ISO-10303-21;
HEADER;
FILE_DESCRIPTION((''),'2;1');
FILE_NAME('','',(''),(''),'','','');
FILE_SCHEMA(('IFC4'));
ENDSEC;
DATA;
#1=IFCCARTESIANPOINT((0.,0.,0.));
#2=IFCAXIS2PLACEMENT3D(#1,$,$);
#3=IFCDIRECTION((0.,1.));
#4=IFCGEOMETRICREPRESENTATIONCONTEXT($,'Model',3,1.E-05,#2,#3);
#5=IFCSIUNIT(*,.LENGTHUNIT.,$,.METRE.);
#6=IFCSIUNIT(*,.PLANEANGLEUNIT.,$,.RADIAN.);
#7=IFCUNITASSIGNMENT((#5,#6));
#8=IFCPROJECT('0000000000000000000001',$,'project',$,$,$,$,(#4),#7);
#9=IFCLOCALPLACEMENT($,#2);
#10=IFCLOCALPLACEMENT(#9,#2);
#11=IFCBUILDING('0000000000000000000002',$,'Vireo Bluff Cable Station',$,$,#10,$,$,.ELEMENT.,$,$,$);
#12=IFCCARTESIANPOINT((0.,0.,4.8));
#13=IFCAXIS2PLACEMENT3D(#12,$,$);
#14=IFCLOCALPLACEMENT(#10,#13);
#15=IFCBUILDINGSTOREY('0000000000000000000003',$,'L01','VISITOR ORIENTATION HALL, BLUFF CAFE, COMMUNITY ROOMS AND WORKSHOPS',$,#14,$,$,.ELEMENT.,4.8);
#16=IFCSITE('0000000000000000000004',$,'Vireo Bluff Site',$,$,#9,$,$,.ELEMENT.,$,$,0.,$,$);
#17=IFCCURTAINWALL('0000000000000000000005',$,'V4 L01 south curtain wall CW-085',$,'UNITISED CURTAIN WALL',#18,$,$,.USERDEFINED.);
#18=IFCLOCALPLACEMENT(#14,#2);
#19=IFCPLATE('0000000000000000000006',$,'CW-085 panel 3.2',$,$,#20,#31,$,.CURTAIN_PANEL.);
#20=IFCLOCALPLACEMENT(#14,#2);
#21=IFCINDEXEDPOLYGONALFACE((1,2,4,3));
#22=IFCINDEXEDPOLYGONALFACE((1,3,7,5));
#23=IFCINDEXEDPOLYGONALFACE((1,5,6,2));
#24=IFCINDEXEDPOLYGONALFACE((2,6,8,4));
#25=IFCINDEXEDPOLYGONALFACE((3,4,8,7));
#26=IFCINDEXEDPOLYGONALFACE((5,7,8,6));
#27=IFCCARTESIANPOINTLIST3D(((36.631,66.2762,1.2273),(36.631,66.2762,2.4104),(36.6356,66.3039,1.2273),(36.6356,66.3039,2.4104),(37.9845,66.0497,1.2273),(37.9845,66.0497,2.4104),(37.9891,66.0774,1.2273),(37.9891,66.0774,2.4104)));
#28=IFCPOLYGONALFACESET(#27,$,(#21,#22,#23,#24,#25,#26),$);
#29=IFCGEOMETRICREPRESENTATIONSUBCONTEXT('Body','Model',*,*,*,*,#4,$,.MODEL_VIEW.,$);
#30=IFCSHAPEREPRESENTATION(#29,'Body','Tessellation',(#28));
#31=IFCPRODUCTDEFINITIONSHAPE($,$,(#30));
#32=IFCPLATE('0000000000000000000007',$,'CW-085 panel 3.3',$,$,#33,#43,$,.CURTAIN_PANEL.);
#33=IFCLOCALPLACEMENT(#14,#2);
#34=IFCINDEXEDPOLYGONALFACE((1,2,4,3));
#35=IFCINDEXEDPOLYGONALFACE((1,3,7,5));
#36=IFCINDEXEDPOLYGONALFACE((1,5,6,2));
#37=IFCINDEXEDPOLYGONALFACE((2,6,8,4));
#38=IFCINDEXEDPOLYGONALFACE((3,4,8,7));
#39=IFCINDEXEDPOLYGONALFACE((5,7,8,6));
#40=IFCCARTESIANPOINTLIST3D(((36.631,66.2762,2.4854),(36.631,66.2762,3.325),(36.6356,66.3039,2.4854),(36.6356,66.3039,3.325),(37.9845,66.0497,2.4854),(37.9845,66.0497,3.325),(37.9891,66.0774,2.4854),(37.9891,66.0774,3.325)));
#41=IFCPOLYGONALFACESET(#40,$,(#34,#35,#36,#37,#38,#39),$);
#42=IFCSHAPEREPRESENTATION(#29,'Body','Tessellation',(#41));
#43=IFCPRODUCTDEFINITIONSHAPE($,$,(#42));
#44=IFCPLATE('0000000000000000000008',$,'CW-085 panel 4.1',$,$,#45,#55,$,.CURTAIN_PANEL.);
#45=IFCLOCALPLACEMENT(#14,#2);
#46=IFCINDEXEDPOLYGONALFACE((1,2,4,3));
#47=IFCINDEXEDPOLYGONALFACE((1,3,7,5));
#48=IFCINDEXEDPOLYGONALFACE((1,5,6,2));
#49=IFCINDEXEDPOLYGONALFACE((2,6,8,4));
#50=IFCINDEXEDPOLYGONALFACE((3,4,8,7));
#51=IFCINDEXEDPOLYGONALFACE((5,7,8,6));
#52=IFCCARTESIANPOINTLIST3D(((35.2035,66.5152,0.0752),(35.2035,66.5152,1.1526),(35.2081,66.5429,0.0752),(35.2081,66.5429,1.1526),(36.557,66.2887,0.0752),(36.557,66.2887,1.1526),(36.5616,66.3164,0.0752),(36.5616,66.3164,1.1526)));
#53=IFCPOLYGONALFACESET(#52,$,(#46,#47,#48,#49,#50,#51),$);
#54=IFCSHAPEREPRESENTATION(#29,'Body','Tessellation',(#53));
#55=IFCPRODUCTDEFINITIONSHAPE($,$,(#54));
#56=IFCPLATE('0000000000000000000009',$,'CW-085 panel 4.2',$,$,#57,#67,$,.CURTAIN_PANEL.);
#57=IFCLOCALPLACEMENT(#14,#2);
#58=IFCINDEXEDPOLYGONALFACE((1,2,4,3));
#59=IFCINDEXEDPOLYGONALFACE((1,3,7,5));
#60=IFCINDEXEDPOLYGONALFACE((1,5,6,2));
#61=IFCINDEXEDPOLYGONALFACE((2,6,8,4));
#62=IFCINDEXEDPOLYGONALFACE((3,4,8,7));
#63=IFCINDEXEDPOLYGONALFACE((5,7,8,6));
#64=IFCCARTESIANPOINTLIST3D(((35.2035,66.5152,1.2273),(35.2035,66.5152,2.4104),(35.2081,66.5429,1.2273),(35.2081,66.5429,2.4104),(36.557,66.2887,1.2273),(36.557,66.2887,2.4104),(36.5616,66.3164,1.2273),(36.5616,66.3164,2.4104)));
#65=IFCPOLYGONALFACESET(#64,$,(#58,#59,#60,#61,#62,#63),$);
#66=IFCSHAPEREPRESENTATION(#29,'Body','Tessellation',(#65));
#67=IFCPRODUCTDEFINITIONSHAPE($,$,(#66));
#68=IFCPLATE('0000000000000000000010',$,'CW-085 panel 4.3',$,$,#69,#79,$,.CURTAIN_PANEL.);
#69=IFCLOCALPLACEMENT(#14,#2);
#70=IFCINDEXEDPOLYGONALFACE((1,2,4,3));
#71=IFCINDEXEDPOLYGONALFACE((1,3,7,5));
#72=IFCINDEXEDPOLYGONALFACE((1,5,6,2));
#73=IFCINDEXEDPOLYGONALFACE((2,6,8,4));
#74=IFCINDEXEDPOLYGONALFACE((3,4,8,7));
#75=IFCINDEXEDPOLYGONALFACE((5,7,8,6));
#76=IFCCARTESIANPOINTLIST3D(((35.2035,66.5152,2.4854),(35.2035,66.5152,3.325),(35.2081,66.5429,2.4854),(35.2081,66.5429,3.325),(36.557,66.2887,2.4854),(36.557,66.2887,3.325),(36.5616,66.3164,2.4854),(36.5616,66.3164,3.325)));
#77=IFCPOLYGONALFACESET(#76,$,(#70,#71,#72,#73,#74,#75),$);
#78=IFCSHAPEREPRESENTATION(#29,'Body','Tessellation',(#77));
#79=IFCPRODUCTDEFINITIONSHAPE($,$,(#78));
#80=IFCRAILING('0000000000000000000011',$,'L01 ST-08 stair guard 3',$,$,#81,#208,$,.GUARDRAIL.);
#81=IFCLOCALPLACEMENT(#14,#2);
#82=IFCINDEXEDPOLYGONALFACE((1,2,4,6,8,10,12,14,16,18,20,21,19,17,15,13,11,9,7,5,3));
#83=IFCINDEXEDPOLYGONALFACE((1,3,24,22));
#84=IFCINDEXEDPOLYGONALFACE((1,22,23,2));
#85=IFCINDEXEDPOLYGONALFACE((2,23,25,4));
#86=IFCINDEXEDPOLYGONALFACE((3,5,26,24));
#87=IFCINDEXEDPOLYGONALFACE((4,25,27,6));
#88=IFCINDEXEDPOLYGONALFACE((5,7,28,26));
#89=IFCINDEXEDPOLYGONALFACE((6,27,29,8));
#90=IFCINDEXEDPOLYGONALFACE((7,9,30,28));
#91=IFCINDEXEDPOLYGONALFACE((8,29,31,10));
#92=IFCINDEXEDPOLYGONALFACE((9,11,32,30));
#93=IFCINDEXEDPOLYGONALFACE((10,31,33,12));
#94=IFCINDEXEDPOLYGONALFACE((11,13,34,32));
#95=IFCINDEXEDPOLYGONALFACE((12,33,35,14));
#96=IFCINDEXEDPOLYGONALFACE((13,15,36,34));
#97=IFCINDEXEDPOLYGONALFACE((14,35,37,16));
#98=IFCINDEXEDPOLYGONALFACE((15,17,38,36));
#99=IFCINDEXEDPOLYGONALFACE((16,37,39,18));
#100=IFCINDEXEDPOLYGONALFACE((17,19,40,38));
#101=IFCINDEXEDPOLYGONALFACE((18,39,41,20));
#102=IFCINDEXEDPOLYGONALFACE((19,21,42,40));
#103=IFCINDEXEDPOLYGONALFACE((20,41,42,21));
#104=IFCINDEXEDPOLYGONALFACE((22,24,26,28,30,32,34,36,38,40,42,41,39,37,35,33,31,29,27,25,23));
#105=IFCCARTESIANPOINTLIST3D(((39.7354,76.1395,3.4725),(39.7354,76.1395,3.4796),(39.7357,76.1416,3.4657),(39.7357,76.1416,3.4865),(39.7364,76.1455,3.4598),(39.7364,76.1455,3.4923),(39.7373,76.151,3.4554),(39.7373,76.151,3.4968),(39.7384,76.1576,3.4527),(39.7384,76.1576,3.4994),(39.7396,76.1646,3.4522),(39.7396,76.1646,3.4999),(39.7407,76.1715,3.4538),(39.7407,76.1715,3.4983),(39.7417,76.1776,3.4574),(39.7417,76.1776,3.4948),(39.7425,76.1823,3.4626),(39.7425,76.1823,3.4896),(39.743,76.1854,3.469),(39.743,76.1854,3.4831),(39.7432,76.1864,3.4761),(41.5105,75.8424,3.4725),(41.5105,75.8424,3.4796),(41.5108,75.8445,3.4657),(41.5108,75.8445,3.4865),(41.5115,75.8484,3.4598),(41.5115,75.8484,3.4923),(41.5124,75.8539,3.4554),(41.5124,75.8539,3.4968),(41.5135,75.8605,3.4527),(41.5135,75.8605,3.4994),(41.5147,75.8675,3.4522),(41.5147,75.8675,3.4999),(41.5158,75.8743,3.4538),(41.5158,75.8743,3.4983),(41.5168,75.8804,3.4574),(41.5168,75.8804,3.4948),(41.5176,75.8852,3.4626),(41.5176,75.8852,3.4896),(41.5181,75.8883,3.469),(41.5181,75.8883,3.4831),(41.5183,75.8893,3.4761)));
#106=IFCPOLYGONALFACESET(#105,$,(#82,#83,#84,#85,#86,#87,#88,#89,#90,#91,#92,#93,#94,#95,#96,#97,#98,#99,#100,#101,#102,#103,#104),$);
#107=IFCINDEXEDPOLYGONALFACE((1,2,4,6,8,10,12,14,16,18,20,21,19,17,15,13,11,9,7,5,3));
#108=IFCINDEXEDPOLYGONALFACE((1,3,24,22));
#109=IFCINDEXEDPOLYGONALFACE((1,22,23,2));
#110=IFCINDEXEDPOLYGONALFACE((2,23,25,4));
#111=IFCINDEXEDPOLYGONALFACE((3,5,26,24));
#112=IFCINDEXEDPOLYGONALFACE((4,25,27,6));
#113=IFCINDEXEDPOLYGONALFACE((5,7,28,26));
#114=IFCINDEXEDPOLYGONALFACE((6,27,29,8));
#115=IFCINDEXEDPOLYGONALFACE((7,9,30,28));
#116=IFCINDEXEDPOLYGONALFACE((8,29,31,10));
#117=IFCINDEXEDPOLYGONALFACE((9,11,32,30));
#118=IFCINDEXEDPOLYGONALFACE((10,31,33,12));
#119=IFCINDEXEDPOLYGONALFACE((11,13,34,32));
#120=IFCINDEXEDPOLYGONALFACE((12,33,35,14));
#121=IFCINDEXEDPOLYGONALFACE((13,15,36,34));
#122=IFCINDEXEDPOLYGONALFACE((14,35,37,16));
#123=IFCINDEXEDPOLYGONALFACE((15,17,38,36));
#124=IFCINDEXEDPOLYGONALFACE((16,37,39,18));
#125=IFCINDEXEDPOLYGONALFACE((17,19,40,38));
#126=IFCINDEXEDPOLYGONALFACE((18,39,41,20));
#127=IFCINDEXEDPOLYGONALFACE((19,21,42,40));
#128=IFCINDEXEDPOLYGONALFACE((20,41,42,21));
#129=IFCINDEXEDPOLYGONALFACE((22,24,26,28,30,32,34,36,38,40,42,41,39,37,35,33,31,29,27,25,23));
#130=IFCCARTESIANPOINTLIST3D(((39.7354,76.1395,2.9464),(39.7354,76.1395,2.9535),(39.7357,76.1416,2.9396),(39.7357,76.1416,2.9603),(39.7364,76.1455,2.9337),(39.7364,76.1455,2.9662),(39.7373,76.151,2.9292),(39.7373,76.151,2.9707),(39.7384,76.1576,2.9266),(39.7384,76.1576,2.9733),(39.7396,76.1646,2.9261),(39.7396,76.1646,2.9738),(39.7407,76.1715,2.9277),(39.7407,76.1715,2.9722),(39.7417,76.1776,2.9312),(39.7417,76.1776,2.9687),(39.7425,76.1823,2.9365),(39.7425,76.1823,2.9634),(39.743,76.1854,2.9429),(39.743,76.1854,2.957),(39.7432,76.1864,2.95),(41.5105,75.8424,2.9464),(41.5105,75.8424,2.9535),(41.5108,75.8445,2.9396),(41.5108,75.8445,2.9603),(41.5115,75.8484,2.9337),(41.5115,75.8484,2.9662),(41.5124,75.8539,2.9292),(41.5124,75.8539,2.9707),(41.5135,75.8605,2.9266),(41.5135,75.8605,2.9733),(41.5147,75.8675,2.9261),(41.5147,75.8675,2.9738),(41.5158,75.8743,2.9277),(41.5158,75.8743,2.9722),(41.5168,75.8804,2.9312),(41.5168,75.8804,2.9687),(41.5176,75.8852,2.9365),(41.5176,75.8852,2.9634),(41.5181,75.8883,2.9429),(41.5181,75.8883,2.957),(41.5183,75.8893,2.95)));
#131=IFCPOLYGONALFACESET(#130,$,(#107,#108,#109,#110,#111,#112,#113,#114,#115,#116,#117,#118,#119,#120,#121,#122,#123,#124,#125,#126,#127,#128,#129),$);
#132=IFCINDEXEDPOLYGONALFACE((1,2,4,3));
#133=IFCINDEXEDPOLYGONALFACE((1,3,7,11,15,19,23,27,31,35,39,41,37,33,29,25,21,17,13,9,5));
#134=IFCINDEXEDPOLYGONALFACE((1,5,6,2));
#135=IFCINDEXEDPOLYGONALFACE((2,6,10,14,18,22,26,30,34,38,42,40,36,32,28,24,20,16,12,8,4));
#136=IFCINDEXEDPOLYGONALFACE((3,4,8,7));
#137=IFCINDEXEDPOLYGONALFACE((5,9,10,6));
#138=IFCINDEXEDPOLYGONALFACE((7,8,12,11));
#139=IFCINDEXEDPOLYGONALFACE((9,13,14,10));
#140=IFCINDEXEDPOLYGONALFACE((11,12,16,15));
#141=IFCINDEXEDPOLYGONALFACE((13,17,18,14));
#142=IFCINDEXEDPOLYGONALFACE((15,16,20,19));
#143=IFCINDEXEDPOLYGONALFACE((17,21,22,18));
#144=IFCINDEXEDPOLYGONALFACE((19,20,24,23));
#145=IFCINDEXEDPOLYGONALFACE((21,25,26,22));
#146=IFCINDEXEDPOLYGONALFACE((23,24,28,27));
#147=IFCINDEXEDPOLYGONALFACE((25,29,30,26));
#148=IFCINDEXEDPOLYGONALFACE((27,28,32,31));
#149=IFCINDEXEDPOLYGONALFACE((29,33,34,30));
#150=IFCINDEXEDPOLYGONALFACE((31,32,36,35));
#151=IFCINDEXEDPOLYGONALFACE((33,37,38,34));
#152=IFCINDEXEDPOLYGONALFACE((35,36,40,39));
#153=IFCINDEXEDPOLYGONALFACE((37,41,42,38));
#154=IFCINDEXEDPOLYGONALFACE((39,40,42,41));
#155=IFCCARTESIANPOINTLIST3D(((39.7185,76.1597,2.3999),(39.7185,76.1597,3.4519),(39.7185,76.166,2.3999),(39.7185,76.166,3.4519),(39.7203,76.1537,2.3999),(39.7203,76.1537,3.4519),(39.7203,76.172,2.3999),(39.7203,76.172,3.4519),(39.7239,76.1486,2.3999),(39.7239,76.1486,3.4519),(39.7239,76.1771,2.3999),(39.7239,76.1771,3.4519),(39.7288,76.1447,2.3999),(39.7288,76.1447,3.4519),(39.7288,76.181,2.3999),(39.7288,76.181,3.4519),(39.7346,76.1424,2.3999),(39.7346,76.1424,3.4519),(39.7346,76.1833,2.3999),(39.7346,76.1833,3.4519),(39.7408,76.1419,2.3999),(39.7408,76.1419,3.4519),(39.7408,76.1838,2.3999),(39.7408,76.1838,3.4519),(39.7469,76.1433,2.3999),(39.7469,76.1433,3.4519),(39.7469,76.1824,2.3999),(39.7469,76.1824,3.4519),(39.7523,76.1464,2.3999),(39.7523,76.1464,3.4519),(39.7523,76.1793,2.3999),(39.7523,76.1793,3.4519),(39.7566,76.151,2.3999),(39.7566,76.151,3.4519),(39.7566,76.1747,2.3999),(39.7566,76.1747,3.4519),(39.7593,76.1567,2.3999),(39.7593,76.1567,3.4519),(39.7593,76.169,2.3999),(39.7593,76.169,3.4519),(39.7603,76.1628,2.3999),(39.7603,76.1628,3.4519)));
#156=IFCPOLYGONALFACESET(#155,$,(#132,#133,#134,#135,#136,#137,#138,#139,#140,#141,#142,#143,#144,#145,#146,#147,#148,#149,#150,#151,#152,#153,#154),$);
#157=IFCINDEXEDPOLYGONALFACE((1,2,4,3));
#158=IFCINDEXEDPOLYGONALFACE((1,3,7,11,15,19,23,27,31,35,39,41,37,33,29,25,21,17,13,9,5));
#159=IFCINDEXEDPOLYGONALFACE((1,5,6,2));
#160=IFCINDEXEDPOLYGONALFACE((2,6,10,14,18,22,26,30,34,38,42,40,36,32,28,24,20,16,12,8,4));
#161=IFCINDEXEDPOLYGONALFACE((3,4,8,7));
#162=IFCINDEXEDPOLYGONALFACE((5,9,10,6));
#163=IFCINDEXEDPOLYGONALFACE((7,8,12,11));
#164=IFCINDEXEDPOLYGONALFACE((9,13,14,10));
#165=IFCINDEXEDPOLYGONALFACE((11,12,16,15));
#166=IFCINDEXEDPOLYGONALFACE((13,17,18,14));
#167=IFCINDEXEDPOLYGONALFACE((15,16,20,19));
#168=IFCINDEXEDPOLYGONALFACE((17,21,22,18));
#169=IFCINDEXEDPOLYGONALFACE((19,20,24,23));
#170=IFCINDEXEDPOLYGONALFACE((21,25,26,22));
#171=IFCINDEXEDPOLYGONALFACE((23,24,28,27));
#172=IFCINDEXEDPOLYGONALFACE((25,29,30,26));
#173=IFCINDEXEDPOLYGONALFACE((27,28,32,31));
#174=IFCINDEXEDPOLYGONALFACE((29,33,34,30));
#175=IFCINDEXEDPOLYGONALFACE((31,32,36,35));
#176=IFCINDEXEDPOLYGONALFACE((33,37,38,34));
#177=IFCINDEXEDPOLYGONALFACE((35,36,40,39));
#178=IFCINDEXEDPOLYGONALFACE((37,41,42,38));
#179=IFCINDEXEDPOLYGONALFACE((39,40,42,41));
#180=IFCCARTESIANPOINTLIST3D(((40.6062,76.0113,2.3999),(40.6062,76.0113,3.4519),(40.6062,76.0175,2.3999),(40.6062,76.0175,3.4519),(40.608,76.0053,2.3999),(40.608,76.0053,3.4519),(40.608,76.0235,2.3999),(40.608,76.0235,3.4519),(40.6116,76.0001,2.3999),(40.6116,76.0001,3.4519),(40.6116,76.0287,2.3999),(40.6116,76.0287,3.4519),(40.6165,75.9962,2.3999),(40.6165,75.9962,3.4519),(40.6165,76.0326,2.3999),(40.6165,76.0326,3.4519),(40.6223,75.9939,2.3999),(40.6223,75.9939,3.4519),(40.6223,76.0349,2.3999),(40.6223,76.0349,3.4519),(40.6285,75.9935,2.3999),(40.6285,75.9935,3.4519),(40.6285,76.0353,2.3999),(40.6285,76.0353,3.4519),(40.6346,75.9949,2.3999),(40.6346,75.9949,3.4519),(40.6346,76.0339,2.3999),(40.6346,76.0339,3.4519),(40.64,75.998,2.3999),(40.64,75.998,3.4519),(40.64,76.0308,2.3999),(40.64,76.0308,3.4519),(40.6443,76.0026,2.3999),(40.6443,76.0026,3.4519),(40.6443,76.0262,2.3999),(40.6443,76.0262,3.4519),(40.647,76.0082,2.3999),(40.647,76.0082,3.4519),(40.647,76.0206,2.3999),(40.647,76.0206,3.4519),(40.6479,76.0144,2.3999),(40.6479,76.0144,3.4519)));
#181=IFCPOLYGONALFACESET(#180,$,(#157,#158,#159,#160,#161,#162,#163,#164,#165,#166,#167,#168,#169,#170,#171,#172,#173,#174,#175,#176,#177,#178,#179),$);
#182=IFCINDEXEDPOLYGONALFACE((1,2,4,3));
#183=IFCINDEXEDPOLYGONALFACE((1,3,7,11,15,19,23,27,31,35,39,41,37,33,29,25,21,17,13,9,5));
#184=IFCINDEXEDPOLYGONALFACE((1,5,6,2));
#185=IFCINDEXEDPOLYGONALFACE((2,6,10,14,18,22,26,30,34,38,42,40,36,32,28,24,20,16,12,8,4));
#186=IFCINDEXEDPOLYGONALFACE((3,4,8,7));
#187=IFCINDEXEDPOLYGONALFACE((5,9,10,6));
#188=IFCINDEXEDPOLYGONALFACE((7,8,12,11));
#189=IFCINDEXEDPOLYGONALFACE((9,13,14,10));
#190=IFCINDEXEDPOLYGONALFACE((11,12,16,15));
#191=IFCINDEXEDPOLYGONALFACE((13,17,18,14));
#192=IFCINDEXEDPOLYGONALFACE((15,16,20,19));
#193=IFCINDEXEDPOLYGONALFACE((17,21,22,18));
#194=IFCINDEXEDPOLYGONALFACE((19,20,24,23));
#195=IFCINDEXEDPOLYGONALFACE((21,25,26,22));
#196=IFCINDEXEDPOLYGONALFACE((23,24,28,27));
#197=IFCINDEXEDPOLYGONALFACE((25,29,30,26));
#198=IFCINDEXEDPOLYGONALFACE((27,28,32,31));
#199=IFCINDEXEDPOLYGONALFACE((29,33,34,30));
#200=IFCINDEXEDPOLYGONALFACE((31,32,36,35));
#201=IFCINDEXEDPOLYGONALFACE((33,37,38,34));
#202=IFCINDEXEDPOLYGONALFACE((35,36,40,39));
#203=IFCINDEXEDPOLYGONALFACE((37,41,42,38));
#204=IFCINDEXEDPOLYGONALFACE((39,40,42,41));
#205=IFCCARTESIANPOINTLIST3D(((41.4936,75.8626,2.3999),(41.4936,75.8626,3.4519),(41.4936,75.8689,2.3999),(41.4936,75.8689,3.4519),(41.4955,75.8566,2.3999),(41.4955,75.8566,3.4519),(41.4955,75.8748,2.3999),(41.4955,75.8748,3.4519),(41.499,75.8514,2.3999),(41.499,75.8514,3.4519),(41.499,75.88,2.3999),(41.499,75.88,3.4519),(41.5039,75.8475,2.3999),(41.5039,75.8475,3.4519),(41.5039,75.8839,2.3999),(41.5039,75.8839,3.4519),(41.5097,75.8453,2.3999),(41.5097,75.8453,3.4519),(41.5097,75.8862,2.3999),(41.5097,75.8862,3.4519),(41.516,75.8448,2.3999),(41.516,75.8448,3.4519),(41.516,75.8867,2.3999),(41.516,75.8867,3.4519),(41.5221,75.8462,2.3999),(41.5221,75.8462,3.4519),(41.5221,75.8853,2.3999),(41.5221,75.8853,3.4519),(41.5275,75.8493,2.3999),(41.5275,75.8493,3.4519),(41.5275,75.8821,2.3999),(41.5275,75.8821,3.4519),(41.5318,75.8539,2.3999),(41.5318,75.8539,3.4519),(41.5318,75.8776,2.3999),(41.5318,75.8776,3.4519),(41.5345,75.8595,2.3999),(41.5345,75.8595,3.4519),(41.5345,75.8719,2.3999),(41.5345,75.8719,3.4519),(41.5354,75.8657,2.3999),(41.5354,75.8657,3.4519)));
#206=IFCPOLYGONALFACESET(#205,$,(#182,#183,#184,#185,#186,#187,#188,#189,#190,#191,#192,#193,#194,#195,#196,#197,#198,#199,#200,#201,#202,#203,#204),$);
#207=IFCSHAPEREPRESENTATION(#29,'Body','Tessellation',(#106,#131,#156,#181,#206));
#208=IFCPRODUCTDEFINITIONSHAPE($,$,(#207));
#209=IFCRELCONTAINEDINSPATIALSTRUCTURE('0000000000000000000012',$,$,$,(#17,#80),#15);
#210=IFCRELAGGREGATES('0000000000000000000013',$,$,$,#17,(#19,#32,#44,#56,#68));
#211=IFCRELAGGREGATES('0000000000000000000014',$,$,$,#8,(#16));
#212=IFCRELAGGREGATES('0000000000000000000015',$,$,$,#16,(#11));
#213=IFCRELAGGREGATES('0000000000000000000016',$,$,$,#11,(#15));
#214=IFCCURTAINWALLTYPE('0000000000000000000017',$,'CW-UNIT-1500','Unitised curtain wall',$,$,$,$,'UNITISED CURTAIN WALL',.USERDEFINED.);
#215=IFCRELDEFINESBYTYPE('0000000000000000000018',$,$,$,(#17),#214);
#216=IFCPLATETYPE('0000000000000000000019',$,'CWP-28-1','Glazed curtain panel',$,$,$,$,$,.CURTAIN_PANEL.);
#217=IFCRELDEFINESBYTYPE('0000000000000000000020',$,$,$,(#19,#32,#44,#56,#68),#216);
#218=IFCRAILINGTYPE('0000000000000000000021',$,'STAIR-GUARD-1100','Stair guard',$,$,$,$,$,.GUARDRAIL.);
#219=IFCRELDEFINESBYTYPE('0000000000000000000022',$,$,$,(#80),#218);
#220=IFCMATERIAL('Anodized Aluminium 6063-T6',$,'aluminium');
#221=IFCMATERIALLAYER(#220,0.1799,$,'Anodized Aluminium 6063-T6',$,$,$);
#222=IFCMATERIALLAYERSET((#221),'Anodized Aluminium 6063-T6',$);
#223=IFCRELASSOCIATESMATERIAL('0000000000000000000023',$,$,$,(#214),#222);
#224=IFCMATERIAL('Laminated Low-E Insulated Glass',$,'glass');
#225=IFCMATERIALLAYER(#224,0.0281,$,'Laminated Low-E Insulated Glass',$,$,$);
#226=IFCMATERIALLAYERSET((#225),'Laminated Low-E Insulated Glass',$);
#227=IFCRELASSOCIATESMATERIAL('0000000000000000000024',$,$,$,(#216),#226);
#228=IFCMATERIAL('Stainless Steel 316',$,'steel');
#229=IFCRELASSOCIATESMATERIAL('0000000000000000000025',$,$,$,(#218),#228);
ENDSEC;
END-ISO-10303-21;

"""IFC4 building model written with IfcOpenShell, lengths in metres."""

from ifc_helpers import new_model, si_unit, direction, frame, origin, origin_2d, place, context, subcontext, project, spatial, rectangle, circle, extrude, material, layer, layer_set, type_object, element, aggregate, save


model = new_model("IFC4")

# Units and contexts
model_context = context("Model", 3, precision=1e-05, world=origin(), true_north=direction((0.0, 1.0)))
body_context = subcontext(model_context, "Body", "Model", "MODEL_VIEW")
ifc_project = project(units=[si_unit("LENGTHUNIT", "METRE"), si_unit("PLANEANGLEUNIT", "RADIAN")], contexts=[model_context])

# Site, building, storey
site_placement = place(None, origin())
site = spatial("IfcSite", under=ifc_project, at=site_placement, Name="Vireo Bluff Site", CompositionType="ELEMENT", RefElevation=0.0)
building_placement = place(site_placement, origin())
building = spatial("IfcBuilding", under=site, at=building_placement, Name="Vireo Bluff Cable Station", CompositionType="ELEMENT")
storey_placement = place(building_placement, frame((0.0, 0.0, 4.8)))
storey = spatial("IfcBuildingStorey", under=building, at=storey_placement, Name="L01", Description="VISITOR ORIENTATION HALL, BLUFF CAFE, COMMUNITY ROOMS AND WORKSHOPS", CompositionType="ELEMENT", Elevation=4.8)

# Curtain wall
ifc_material_1 = material(Name="Anodized Aluminium 6063-T6", Category="aluminium")
ifc_layer_1 = layer(ifc_material_1, 0.1799, Name="Anodized Aluminium 6063-T6")
ifc_layer_set_1 = layer_set([ifc_layer_1], Name="Anodized Aluminium 6063-T6")
curtain_wall_type = type_object("IfcCurtainWallType", Name="CW-UNIT-1500", Description="Unitised curtain wall", ElementType="UNITISED CURTAIN WALL", PredefinedType="USERDEFINED", material=ifc_layer_set_1)
curtain_wall_placement = place(storey_placement, origin())
curtain_wall = element("IfcCurtainWall", 1, at=curtain_wall_placement, inside=storey, type_object=curtain_wall_type, Name="V4 L01 south curtain wall CW-085", ObjectType="UNITISED CURTAIN WALL", PredefinedType="USERDEFINED")

# Plates
ifc_material_2 = material(Name="Laminated Low-E Insulated Glass", Category="glass")
ifc_layer_2 = layer(ifc_material_2, 0.0281, Name="Laminated Low-E Insulated Glass")
ifc_layer_set_2 = layer_set([ifc_layer_2], Name="Laminated Low-E Insulated Glass")
plate_type = type_object("IfcPlateType", Name="CWP-28-1", Description="Glazed curtain panel", PredefinedType="CURTAIN_PANEL", material=ifc_layer_set_2)
plate_1_placement = place(storey_placement, frame((37.3101, 66.1768, 1.2273), z_axis=(0.0, 0.0, 1.0), x_axis=(-0.986286, 0.165048, 0.0)))
plate_1 = element("IfcPlate", 2, at=plate_1_placement, type_object=plate_type, Name="CW-085 panel 3.2", PredefinedType="CURTAIN_PANEL", context=body_context, shape_type="SweptSolid", body=[
    extrude(rectangle(XDim=1.3723, YDim=0.0281, at=origin_2d()), origin(), (0.0, 0.0, 1.0), 1.1831),
])
plate_2_placement = place(storey_placement, frame((37.3101, 66.1768, 2.4854), z_axis=(0.0, 0.0, 1.0), x_axis=(-0.986286, 0.165048, 0.0)))
plate_2 = element("IfcPlate", 3, at=plate_2_placement, type_object=plate_type, Name="CW-085 panel 3.3", PredefinedType="CURTAIN_PANEL", context=body_context, shape_type="SweptSolid", body=[
    extrude(rectangle(XDim=1.3723, YDim=0.0281, at=origin_2d()), origin(), (0.0, 0.0, 1.0), 0.8396),
])
plate_3_placement = place(storey_placement, frame((35.8826, 66.4158, 0.0752), z_axis=(0.0, 0.0, 1.0), x_axis=(-0.986286, 0.165048, 0.0)))
plate_3 = element("IfcPlate", 4, at=plate_3_placement, type_object=plate_type, Name="CW-085 panel 4.1", PredefinedType="CURTAIN_PANEL", context=body_context, shape_type="SweptSolid", body=[
    extrude(rectangle(XDim=1.3723, YDim=0.0281, at=origin_2d()), origin(), (0.0, 0.0, 1.0), 1.0774),
])
plate_4_placement = place(storey_placement, frame((35.8826, 66.4158, 1.2273), z_axis=(0.0, 0.0, 1.0), x_axis=(-0.986286, 0.165048, 0.0)))
plate_4 = element("IfcPlate", 5, at=plate_4_placement, type_object=plate_type, Name="CW-085 panel 4.2", PredefinedType="CURTAIN_PANEL", context=body_context, shape_type="SweptSolid", body=[
    extrude(rectangle(XDim=1.3723, YDim=0.0281, at=origin_2d()), origin(), (0.0, 0.0, 1.0), 1.1831),
])
plate_5_placement = place(storey_placement, frame((35.8826, 66.4158, 2.4854), z_axis=(0.0, 0.0, 1.0), x_axis=(-0.986286, 0.165048, 0.0)))
plate_5 = element("IfcPlate", 6, at=plate_5_placement, type_object=plate_type, Name="CW-085 panel 4.3", PredefinedType="CURTAIN_PANEL", context=body_context, shape_type="SweptSolid", body=[
    extrude(rectangle(XDim=1.3723, YDim=0.0281, at=origin_2d()), origin(), (0.0, 0.0, 1.0), 0.8396),
])
aggregate(curtain_wall, [plate_1, plate_2, plate_3, plate_4, plate_5])

# Railing
ifc_material_3 = material(Name="Stainless Steel 316", Category="steel")
railing_type_1 = type_object("IfcRailingType", Name="STAIR-GUARD-1100", Description="Stair guard", PredefinedType="GUARDRAIL", material=ifc_material_3)
railing_1_placement = place(storey_placement, frame((39.7393, 76.1628, 2.3999)))
element("IfcRailing", 7, at=railing_1_placement, inside=storey, type_object=railing_type_1, Name="L01 ST-08 stair guard 3", PredefinedType="GUARDRAIL", context=body_context, shape_type="SweptSolid", body=[
    extrude(circle(Radius=0.0239, at=origin_2d()), frame((0.0, 0.0, 1.0762), z_axis=(0.98628, -0.165081, 0.0), x_axis=(0.165081, 0.98628, 0.0)), (0.0, 0.0, 1.0), 1.7998),
    extrude(circle(Radius=0.0239, at=origin_2d()), frame((0.0, 0.0, 0.55), z_axis=(0.98628, -0.165081, 0.0), x_axis=(0.165081, 0.98628, 0.0)), (0.0, 0.0, 1.0), 1.7998),
    extrude(circle(Radius=0.021, at=origin_2d()), origin(), (0.0, 0.0, 1.0), 1.052),
    extrude(circle(Radius=0.021, at=origin_2d()), frame((0.8877, -0.1484, 0.0)), (0.0, 0.0, 1.0), 1.052),
    extrude(circle(Radius=0.021, at=origin_2d()), frame((1.7751, -0.2971, 0.0)), (0.0, 0.0, 1.0), 1.052),
])

save(model, "model.ifc")
